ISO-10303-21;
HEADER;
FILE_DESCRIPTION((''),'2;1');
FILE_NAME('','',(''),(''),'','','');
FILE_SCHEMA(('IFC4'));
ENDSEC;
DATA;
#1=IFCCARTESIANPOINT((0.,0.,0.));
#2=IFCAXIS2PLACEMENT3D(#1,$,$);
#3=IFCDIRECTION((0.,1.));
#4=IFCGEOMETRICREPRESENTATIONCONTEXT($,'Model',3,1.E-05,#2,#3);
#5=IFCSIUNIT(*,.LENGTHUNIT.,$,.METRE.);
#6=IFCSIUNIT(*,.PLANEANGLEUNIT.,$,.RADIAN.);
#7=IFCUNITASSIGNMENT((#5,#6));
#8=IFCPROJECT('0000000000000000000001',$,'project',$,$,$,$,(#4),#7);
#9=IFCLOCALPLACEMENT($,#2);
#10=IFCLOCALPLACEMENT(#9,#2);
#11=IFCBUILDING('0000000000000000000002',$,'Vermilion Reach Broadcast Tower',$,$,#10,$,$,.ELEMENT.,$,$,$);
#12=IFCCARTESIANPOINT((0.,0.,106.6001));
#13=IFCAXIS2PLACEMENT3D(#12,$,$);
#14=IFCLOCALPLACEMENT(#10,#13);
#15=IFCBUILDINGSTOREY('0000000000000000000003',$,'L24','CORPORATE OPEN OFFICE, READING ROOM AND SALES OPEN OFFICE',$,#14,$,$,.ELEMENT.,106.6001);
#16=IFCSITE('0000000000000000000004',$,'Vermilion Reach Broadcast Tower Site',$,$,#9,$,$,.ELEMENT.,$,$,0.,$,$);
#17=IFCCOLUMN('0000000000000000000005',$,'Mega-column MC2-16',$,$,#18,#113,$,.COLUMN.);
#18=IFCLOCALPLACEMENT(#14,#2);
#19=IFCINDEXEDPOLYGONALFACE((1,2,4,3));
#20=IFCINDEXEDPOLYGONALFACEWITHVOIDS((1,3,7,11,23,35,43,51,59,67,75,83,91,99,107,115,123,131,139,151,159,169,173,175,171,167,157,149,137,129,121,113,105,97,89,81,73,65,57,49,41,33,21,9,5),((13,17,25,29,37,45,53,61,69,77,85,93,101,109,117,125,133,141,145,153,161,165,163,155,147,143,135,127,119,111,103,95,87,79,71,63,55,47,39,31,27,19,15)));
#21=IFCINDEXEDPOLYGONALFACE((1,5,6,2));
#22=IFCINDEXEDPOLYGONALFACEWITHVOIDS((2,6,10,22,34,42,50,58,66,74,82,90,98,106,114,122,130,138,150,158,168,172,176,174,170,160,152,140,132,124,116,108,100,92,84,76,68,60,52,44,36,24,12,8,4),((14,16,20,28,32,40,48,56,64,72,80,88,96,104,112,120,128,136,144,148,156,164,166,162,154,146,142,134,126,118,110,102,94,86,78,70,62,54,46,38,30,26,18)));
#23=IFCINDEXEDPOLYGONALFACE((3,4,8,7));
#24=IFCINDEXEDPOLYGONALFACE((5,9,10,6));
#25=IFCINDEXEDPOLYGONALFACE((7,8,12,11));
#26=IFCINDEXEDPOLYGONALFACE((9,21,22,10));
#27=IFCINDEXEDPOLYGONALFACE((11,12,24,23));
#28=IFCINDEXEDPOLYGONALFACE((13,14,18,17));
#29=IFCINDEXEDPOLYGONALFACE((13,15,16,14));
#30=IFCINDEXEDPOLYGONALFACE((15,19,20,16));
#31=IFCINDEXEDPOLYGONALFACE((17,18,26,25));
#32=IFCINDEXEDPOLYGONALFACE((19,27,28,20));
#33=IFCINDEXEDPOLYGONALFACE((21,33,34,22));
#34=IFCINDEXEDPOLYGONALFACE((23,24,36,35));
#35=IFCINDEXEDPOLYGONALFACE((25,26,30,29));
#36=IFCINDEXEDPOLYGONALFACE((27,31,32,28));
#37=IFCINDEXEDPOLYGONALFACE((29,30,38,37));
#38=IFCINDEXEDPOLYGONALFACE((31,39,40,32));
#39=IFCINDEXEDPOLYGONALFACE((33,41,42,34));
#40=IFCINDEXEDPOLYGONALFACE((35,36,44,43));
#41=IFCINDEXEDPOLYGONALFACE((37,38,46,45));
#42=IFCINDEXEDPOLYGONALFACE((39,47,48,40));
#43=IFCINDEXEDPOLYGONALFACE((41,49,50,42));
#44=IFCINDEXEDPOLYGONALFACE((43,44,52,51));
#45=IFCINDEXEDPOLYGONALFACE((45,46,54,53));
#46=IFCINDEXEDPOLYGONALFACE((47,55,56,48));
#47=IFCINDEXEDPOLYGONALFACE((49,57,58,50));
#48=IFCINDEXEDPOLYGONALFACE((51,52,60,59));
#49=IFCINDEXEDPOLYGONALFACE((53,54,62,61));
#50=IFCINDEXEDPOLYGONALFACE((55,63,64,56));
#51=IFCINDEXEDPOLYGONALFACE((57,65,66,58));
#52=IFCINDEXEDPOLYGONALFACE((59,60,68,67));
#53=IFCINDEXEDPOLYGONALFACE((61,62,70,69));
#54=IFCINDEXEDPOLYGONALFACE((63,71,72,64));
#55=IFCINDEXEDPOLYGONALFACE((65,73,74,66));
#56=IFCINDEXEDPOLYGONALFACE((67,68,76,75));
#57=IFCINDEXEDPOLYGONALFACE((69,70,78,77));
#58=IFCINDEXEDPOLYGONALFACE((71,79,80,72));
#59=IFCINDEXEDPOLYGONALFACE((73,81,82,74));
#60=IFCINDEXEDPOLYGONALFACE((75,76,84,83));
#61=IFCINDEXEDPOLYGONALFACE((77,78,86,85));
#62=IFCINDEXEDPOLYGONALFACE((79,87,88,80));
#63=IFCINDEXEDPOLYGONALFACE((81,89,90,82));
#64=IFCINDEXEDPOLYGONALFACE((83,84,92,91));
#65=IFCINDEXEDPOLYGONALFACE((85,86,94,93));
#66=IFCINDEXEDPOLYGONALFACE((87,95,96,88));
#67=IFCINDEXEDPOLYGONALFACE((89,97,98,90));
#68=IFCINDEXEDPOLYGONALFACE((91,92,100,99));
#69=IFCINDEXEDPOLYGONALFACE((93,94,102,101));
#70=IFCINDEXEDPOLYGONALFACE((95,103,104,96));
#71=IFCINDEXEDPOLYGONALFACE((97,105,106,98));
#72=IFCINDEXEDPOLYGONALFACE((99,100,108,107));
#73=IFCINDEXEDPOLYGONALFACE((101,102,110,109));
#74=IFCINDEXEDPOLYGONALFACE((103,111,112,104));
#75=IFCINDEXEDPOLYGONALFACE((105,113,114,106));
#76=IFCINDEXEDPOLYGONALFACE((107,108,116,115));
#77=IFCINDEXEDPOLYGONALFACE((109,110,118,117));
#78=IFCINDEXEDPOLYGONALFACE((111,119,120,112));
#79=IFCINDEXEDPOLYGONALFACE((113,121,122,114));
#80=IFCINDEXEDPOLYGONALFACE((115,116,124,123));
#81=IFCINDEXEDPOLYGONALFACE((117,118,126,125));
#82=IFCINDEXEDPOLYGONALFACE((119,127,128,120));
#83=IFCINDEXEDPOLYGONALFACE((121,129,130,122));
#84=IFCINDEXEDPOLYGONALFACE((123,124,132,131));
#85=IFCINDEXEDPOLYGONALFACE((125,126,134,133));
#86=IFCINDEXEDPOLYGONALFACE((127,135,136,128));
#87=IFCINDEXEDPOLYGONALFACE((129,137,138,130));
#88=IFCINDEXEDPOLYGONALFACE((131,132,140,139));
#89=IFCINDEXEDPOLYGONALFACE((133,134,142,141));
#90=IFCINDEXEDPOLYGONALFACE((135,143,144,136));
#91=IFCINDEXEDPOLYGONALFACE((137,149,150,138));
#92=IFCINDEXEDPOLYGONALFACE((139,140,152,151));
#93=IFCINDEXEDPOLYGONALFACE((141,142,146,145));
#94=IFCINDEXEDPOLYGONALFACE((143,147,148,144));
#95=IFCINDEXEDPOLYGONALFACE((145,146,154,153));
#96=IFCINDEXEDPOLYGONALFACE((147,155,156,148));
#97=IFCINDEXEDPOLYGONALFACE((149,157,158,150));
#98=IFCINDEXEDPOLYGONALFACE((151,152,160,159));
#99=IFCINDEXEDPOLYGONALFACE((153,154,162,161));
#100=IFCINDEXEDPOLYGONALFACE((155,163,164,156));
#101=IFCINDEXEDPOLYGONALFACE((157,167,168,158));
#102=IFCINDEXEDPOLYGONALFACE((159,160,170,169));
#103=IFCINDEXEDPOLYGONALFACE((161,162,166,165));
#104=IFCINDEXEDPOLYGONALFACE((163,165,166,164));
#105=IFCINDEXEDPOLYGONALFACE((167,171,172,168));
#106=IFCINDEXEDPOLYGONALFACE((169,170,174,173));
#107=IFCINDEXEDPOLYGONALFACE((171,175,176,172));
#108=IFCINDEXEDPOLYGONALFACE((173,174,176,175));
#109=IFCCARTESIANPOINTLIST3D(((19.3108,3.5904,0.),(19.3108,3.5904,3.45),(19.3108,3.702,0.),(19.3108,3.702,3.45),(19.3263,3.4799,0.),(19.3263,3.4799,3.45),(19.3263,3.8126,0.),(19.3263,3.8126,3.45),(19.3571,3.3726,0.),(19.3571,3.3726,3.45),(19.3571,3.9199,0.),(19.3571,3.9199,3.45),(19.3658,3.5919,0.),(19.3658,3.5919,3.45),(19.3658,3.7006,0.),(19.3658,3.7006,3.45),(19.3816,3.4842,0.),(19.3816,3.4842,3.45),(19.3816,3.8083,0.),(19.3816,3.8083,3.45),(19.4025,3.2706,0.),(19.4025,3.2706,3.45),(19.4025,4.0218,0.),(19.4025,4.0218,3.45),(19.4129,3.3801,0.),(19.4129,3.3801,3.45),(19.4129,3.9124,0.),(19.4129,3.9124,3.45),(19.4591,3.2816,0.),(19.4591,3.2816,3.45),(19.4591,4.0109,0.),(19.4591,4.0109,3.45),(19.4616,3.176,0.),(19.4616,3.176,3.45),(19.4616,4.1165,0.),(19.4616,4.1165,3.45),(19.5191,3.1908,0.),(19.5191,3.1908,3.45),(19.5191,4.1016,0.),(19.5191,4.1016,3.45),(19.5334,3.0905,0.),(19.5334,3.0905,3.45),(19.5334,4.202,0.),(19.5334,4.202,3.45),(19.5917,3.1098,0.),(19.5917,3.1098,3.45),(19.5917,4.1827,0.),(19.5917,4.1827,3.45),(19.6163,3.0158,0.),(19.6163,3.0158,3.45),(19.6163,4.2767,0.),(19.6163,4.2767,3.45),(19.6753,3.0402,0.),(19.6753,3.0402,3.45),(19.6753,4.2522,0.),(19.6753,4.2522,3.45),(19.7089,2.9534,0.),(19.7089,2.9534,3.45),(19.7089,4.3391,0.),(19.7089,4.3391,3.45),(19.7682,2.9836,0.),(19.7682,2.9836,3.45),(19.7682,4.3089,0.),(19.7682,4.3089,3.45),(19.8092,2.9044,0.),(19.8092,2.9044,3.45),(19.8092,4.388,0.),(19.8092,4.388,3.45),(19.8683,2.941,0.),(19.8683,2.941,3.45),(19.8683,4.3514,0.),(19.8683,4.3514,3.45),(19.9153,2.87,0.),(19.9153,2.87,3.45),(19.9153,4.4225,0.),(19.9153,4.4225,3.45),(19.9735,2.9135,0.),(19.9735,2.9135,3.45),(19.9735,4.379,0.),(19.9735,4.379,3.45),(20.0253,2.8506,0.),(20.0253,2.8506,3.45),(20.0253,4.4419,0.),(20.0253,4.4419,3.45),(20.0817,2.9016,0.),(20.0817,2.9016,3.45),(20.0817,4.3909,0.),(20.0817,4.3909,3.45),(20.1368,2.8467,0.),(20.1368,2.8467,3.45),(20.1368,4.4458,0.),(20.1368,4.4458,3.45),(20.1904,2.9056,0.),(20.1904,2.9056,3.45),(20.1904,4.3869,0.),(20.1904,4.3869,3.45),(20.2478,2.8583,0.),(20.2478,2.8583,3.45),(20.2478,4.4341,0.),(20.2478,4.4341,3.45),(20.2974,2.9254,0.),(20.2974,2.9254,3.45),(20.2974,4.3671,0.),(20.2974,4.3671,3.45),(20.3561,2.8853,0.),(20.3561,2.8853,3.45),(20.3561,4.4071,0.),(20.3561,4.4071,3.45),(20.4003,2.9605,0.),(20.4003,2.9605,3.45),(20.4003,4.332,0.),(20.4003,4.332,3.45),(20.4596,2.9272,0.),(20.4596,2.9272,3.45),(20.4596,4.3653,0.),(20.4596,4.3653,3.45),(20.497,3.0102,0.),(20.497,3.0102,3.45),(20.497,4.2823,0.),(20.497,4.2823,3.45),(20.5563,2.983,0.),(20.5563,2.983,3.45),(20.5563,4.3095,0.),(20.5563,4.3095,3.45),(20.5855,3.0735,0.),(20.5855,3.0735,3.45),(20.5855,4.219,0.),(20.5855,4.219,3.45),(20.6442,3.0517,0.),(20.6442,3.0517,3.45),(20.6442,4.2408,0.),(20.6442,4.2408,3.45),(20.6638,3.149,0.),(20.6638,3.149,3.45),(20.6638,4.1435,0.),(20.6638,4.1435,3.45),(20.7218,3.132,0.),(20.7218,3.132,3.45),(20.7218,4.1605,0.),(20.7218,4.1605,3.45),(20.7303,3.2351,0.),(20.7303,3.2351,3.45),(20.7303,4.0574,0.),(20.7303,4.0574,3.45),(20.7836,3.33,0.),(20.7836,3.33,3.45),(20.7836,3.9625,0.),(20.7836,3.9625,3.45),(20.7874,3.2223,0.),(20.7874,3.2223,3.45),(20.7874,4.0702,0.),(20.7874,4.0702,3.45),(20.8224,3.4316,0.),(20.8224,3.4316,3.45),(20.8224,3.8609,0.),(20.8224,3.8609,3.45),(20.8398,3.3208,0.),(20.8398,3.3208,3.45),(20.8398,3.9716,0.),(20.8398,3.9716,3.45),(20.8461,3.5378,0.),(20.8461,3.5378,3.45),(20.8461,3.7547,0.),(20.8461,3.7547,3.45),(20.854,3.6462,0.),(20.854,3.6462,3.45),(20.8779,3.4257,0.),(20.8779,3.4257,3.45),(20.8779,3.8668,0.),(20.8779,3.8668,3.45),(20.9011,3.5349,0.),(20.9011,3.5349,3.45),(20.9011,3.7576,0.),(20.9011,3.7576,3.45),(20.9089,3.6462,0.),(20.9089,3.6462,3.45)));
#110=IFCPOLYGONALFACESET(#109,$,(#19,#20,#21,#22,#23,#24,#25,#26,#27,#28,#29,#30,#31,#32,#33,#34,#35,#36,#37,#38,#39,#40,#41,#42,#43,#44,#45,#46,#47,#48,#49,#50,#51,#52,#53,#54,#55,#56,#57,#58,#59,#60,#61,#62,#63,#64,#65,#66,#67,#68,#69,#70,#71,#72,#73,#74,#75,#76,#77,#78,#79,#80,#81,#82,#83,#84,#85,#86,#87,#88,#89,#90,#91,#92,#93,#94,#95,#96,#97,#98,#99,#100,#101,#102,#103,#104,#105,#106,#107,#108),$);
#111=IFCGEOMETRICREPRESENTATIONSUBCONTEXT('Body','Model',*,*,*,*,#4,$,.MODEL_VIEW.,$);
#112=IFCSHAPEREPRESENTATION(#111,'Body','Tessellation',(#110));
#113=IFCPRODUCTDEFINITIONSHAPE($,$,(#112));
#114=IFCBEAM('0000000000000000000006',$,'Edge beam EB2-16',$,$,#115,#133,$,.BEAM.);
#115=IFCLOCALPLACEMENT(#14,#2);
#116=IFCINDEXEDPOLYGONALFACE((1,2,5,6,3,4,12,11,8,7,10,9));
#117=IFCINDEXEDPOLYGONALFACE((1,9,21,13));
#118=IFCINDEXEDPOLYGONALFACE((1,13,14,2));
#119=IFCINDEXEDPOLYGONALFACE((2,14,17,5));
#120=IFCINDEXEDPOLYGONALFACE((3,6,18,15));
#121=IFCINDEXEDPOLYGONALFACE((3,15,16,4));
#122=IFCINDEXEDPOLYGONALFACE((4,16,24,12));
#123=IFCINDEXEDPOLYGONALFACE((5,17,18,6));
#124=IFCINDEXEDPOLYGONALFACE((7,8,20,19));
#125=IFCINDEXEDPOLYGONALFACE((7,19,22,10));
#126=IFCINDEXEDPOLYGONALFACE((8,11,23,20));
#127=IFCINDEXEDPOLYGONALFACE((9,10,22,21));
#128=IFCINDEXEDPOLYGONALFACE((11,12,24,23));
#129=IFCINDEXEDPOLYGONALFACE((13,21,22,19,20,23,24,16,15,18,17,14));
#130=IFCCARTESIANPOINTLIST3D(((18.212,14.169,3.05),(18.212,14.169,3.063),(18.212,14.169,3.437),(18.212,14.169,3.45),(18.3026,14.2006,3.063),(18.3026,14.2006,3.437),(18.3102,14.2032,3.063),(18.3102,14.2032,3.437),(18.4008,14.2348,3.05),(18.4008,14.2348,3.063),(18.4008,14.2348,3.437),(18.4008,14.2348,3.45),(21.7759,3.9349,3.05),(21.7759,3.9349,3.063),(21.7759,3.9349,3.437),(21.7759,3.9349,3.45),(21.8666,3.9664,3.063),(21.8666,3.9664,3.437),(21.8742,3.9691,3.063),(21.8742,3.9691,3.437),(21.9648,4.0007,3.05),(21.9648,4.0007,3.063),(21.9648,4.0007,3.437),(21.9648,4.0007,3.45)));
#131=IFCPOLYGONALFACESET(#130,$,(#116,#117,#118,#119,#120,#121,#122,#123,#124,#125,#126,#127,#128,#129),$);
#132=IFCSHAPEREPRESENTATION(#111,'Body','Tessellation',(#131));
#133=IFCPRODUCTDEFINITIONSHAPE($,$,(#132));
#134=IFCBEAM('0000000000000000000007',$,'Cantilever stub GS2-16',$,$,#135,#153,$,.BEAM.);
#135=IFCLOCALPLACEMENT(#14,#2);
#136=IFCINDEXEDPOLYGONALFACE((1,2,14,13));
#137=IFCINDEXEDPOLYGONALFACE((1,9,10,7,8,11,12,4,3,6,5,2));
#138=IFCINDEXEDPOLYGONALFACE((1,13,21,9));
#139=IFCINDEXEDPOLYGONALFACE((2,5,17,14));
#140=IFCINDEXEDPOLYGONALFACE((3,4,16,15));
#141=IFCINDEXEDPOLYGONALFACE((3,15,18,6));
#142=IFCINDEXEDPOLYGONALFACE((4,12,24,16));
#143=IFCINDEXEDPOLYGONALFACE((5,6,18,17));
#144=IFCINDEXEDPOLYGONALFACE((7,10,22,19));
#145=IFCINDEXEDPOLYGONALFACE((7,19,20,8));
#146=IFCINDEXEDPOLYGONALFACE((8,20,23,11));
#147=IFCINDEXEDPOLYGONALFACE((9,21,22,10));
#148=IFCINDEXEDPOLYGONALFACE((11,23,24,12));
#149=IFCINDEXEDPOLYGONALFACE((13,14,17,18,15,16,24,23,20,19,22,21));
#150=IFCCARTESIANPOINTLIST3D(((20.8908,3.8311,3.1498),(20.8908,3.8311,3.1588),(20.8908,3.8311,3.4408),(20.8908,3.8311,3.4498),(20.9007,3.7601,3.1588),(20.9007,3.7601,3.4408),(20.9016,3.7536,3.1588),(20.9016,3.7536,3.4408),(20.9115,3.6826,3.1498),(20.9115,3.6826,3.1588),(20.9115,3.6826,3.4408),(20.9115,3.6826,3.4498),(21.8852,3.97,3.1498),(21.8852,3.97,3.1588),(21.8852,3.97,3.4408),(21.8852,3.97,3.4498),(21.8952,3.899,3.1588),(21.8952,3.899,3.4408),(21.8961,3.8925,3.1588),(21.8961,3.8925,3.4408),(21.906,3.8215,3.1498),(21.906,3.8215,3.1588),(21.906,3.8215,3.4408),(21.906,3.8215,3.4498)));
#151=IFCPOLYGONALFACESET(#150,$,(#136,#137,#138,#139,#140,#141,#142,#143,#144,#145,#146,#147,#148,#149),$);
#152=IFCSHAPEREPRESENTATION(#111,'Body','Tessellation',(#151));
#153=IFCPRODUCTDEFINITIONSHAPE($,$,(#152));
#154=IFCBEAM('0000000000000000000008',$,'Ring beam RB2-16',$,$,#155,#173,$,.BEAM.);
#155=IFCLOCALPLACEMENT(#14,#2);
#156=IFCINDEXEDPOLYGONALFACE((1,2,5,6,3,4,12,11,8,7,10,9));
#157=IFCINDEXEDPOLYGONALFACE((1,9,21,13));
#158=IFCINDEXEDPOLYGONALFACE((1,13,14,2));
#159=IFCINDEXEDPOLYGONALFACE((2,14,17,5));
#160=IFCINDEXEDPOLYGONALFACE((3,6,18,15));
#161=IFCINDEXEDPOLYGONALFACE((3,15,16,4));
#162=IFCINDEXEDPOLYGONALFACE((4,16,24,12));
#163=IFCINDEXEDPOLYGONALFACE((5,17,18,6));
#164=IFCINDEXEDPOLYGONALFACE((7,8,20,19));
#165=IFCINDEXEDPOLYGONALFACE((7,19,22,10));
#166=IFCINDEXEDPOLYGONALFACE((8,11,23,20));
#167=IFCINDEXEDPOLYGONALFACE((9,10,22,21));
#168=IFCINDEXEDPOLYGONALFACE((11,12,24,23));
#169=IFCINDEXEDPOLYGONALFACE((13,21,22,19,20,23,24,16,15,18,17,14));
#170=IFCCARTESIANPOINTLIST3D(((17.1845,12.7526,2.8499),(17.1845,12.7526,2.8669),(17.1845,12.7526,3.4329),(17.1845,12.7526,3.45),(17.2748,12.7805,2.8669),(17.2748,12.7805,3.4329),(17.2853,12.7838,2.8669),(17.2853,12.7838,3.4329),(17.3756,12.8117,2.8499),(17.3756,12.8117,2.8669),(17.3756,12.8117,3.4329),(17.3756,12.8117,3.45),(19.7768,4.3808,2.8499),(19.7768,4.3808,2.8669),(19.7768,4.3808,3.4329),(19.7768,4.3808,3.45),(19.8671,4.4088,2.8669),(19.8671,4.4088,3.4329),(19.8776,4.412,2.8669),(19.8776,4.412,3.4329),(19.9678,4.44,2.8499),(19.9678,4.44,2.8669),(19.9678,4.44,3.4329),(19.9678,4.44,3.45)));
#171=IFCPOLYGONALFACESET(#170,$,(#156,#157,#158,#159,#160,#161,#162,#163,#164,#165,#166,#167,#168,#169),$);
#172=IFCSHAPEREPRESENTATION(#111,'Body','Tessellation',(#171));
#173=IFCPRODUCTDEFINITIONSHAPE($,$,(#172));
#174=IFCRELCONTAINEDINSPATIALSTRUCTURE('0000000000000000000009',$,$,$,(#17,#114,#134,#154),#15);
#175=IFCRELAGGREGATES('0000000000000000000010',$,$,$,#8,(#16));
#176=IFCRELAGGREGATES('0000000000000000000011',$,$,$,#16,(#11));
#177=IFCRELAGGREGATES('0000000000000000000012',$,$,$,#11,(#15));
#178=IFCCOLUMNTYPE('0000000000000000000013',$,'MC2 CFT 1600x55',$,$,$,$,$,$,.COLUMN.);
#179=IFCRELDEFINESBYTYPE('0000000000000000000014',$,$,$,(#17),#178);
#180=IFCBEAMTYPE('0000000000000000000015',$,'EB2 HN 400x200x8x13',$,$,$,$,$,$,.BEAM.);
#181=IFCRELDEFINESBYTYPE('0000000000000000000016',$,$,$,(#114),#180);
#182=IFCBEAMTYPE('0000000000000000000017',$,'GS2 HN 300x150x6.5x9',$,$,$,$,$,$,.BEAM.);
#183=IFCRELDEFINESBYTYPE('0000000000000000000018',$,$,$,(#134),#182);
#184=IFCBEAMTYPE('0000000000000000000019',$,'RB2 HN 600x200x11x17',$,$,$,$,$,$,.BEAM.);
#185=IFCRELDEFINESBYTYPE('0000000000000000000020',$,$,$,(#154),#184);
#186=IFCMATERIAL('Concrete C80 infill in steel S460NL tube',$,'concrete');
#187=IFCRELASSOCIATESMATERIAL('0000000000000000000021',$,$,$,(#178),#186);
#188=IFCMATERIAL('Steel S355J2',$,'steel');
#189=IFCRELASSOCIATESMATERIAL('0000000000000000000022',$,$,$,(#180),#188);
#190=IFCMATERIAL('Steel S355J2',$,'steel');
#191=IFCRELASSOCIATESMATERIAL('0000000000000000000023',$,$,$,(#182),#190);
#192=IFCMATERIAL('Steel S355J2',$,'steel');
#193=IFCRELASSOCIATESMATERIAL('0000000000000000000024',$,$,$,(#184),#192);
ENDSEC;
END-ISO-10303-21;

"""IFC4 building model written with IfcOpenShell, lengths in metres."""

from ifc_helpers import new_model, si_unit, direction, frame, origin, origin_2d, place, context, subcontext, project, spatial, hollow_circle, i_section, extrude, material, material_profile, profile_set, type_object, element, save


model = new_model("IFC4")

# Units and contexts
model_context = context("Model", 3, precision=1e-05, world=origin(), true_north=direction((0.0, 1.0)))
body_context = subcontext(model_context, "Body", "Model", "MODEL_VIEW")
ifc_project = project(units=[si_unit("LENGTHUNIT", "METRE"), si_unit("PLANEANGLEUNIT", "RADIAN")], contexts=[model_context])

# Site, building, storey
site_placement = place(None, origin())
site = spatial("IfcSite", under=ifc_project, at=site_placement, Name="Vermilion Reach Broadcast Tower Site", CompositionType="ELEMENT", RefElevation=0.0)
building_placement = place(site_placement, origin())
building = spatial("IfcBuilding", under=site, at=building_placement, Name="Vermilion Reach Broadcast Tower", CompositionType="ELEMENT")
storey_placement = place(building_placement, frame((0.0, 0.0, 106.6001)))
storey = spatial("IfcBuildingStorey", under=building, at=storey_placement, Name="L24", Description="CORPORATE OPEN OFFICE, READING ROOM AND SALES OPEN OFFICE", CompositionType="ELEMENT", Elevation=106.6001)

# Column
ifc_material_1 = material(Name="Concrete C80 infill in steel S460NL tube", Category="concrete")
ifc_material_profile_1 = material_profile(ifc_material_1, hollow_circle(Radius=0.8, WallThickness=0.0549, at=origin_2d()), Name="Concrete C80 infill in steel S460NL tube CFT 1600x55")
ifc_profile_set_1 = profile_set([ifc_material_profile_1], Name="Concrete C80 infill in steel S460NL tube")
column_type = type_object("IfcColumnType", Name="MC2 CFT 1600x55", PredefinedType="COLUMN", material=ifc_profile_set_1)
column_placement = place(storey_placement, frame((20.1089, 3.6462, 0.0), z_axis=(0.0, 0.0, 1.0), x_axis=(1.0, 0.0, 0.0)))
element("IfcColumn", 1, at=column_placement, inside=storey, type_object=column_type, Name="Mega-column MC2-16", PredefinedType="COLUMN", context=body_context, shape_type="SweptSolid", body=[
    extrude(hollow_circle(Radius=0.8, WallThickness=0.0549, at=origin_2d()), origin(), (0.0, 0.0, 1.0), 3.45),
])

# Beams
ifc_material_2 = material(Name="Steel S355J2", Category="steel")
ifc_material_profile_2 = material_profile(ifc_material_2, i_section(OverallWidth=0.2, OverallDepth=0.3999, WebThickness=0.0081, FlangeThickness=0.0129, at=origin_2d()), Name="S355J2 HN 400x200x8x13")
ifc_profile_set_2 = profile_set([ifc_material_profile_2], Name="Steel S355J2")
beam_type_1 = type_object("IfcBeamType", Name="EB2 HN 400x200x8x13", PredefinedType="BEAM", material=ifc_profile_set_2)
beam_1_placement = place(storey_placement, frame((21.8704, 3.9678, 3.25), z_axis=(-0.328872, 0.944375, 0.0), x_axis=(-0.944375, -0.328872, 0.0)))
element("IfcBeam", 2, at=beam_1_placement, inside=storey, type_object=beam_type_1, Name="Edge beam EB2-16", PredefinedType="BEAM", context=body_context, shape_type="SweptSolid", body=[
    extrude(i_section(OverallWidth=0.2, OverallDepth=0.3999, WebThickness=0.0081, FlangeThickness=0.0129, at=origin_2d()), origin(), (0.0, 0.0, 1.0), 10.8369),
])
ifc_material_3 = material(Name="Steel S355J2", Category="steel")
ifc_material_profile_3 = material_profile(ifc_material_3, i_section(OverallWidth=0.1499, OverallDepth=0.3, WebThickness=0.0066, FlangeThickness=0.009, at=origin_2d()), Name="S355J2 HN 300x150x6.5x9")
ifc_profile_set_3 = profile_set([ifc_material_profile_3], Name="Steel S355J2")
beam_type_2 = type_object("IfcBeamType", Name="GS2 HN 300x150x6.5x9", PredefinedType="BEAM", material=ifc_profile_set_3)
beam_2_placement = place(storey_placement, frame((20.9011, 3.7568, 3.2998), z_axis=(0.990382, 0.138357, 0.0), x_axis=(-0.138357, 0.990382, 0.0)))
element("IfcBeam", 3, at=beam_2_placement, inside=storey, type_object=beam_type_2, Name="Cantilever stub GS2-16", PredefinedType="BEAM", context=body_context, shape_type="SweptSolid", body=[
    extrude(i_section(OverallWidth=0.1499, OverallDepth=0.3, WebThickness=0.0066, FlangeThickness=0.009, at=origin_2d()), origin(), (0.0, 0.0, 1.0), 1.0042),
])
ifc_material_4 = material(Name="Steel S355J2", Category="steel")
ifc_material_profile_4 = material_profile(ifc_material_4, i_section(OverallWidth=0.2, OverallDepth=0.6001, WebThickness=0.011, FlangeThickness=0.0171, at=origin_2d()), Name="S355J2 HN 600x200x11x17")
ifc_profile_set_4 = profile_set([ifc_material_profile_4], Name="Steel S355J2")
beam_type_3 = type_object("IfcBeamType", Name="RB2 HN 600x200x11x17", PredefinedType="BEAM", material=ifc_profile_set_4)
beam_3_placement = place(storey_placement, frame((19.8723, 4.4104, 3.1499), z_axis=(-0.295788, 0.955253, 0.0), x_axis=(-0.955253, -0.295788, 0.0)))
element("IfcBeam", 4, at=beam_3_placement, inside=storey, type_object=beam_type_3, Name="Ring beam RB2-16", PredefinedType="BEAM", context=body_context, shape_type="SweptSolid", body=[
    extrude(i_section(OverallWidth=0.2, OverallDepth=0.6001, WebThickness=0.011, FlangeThickness=0.0171, at=origin_2d()), origin(), (0.0, 0.0, 1.0), 8.7639),
])

save(model, "model.ifc")
